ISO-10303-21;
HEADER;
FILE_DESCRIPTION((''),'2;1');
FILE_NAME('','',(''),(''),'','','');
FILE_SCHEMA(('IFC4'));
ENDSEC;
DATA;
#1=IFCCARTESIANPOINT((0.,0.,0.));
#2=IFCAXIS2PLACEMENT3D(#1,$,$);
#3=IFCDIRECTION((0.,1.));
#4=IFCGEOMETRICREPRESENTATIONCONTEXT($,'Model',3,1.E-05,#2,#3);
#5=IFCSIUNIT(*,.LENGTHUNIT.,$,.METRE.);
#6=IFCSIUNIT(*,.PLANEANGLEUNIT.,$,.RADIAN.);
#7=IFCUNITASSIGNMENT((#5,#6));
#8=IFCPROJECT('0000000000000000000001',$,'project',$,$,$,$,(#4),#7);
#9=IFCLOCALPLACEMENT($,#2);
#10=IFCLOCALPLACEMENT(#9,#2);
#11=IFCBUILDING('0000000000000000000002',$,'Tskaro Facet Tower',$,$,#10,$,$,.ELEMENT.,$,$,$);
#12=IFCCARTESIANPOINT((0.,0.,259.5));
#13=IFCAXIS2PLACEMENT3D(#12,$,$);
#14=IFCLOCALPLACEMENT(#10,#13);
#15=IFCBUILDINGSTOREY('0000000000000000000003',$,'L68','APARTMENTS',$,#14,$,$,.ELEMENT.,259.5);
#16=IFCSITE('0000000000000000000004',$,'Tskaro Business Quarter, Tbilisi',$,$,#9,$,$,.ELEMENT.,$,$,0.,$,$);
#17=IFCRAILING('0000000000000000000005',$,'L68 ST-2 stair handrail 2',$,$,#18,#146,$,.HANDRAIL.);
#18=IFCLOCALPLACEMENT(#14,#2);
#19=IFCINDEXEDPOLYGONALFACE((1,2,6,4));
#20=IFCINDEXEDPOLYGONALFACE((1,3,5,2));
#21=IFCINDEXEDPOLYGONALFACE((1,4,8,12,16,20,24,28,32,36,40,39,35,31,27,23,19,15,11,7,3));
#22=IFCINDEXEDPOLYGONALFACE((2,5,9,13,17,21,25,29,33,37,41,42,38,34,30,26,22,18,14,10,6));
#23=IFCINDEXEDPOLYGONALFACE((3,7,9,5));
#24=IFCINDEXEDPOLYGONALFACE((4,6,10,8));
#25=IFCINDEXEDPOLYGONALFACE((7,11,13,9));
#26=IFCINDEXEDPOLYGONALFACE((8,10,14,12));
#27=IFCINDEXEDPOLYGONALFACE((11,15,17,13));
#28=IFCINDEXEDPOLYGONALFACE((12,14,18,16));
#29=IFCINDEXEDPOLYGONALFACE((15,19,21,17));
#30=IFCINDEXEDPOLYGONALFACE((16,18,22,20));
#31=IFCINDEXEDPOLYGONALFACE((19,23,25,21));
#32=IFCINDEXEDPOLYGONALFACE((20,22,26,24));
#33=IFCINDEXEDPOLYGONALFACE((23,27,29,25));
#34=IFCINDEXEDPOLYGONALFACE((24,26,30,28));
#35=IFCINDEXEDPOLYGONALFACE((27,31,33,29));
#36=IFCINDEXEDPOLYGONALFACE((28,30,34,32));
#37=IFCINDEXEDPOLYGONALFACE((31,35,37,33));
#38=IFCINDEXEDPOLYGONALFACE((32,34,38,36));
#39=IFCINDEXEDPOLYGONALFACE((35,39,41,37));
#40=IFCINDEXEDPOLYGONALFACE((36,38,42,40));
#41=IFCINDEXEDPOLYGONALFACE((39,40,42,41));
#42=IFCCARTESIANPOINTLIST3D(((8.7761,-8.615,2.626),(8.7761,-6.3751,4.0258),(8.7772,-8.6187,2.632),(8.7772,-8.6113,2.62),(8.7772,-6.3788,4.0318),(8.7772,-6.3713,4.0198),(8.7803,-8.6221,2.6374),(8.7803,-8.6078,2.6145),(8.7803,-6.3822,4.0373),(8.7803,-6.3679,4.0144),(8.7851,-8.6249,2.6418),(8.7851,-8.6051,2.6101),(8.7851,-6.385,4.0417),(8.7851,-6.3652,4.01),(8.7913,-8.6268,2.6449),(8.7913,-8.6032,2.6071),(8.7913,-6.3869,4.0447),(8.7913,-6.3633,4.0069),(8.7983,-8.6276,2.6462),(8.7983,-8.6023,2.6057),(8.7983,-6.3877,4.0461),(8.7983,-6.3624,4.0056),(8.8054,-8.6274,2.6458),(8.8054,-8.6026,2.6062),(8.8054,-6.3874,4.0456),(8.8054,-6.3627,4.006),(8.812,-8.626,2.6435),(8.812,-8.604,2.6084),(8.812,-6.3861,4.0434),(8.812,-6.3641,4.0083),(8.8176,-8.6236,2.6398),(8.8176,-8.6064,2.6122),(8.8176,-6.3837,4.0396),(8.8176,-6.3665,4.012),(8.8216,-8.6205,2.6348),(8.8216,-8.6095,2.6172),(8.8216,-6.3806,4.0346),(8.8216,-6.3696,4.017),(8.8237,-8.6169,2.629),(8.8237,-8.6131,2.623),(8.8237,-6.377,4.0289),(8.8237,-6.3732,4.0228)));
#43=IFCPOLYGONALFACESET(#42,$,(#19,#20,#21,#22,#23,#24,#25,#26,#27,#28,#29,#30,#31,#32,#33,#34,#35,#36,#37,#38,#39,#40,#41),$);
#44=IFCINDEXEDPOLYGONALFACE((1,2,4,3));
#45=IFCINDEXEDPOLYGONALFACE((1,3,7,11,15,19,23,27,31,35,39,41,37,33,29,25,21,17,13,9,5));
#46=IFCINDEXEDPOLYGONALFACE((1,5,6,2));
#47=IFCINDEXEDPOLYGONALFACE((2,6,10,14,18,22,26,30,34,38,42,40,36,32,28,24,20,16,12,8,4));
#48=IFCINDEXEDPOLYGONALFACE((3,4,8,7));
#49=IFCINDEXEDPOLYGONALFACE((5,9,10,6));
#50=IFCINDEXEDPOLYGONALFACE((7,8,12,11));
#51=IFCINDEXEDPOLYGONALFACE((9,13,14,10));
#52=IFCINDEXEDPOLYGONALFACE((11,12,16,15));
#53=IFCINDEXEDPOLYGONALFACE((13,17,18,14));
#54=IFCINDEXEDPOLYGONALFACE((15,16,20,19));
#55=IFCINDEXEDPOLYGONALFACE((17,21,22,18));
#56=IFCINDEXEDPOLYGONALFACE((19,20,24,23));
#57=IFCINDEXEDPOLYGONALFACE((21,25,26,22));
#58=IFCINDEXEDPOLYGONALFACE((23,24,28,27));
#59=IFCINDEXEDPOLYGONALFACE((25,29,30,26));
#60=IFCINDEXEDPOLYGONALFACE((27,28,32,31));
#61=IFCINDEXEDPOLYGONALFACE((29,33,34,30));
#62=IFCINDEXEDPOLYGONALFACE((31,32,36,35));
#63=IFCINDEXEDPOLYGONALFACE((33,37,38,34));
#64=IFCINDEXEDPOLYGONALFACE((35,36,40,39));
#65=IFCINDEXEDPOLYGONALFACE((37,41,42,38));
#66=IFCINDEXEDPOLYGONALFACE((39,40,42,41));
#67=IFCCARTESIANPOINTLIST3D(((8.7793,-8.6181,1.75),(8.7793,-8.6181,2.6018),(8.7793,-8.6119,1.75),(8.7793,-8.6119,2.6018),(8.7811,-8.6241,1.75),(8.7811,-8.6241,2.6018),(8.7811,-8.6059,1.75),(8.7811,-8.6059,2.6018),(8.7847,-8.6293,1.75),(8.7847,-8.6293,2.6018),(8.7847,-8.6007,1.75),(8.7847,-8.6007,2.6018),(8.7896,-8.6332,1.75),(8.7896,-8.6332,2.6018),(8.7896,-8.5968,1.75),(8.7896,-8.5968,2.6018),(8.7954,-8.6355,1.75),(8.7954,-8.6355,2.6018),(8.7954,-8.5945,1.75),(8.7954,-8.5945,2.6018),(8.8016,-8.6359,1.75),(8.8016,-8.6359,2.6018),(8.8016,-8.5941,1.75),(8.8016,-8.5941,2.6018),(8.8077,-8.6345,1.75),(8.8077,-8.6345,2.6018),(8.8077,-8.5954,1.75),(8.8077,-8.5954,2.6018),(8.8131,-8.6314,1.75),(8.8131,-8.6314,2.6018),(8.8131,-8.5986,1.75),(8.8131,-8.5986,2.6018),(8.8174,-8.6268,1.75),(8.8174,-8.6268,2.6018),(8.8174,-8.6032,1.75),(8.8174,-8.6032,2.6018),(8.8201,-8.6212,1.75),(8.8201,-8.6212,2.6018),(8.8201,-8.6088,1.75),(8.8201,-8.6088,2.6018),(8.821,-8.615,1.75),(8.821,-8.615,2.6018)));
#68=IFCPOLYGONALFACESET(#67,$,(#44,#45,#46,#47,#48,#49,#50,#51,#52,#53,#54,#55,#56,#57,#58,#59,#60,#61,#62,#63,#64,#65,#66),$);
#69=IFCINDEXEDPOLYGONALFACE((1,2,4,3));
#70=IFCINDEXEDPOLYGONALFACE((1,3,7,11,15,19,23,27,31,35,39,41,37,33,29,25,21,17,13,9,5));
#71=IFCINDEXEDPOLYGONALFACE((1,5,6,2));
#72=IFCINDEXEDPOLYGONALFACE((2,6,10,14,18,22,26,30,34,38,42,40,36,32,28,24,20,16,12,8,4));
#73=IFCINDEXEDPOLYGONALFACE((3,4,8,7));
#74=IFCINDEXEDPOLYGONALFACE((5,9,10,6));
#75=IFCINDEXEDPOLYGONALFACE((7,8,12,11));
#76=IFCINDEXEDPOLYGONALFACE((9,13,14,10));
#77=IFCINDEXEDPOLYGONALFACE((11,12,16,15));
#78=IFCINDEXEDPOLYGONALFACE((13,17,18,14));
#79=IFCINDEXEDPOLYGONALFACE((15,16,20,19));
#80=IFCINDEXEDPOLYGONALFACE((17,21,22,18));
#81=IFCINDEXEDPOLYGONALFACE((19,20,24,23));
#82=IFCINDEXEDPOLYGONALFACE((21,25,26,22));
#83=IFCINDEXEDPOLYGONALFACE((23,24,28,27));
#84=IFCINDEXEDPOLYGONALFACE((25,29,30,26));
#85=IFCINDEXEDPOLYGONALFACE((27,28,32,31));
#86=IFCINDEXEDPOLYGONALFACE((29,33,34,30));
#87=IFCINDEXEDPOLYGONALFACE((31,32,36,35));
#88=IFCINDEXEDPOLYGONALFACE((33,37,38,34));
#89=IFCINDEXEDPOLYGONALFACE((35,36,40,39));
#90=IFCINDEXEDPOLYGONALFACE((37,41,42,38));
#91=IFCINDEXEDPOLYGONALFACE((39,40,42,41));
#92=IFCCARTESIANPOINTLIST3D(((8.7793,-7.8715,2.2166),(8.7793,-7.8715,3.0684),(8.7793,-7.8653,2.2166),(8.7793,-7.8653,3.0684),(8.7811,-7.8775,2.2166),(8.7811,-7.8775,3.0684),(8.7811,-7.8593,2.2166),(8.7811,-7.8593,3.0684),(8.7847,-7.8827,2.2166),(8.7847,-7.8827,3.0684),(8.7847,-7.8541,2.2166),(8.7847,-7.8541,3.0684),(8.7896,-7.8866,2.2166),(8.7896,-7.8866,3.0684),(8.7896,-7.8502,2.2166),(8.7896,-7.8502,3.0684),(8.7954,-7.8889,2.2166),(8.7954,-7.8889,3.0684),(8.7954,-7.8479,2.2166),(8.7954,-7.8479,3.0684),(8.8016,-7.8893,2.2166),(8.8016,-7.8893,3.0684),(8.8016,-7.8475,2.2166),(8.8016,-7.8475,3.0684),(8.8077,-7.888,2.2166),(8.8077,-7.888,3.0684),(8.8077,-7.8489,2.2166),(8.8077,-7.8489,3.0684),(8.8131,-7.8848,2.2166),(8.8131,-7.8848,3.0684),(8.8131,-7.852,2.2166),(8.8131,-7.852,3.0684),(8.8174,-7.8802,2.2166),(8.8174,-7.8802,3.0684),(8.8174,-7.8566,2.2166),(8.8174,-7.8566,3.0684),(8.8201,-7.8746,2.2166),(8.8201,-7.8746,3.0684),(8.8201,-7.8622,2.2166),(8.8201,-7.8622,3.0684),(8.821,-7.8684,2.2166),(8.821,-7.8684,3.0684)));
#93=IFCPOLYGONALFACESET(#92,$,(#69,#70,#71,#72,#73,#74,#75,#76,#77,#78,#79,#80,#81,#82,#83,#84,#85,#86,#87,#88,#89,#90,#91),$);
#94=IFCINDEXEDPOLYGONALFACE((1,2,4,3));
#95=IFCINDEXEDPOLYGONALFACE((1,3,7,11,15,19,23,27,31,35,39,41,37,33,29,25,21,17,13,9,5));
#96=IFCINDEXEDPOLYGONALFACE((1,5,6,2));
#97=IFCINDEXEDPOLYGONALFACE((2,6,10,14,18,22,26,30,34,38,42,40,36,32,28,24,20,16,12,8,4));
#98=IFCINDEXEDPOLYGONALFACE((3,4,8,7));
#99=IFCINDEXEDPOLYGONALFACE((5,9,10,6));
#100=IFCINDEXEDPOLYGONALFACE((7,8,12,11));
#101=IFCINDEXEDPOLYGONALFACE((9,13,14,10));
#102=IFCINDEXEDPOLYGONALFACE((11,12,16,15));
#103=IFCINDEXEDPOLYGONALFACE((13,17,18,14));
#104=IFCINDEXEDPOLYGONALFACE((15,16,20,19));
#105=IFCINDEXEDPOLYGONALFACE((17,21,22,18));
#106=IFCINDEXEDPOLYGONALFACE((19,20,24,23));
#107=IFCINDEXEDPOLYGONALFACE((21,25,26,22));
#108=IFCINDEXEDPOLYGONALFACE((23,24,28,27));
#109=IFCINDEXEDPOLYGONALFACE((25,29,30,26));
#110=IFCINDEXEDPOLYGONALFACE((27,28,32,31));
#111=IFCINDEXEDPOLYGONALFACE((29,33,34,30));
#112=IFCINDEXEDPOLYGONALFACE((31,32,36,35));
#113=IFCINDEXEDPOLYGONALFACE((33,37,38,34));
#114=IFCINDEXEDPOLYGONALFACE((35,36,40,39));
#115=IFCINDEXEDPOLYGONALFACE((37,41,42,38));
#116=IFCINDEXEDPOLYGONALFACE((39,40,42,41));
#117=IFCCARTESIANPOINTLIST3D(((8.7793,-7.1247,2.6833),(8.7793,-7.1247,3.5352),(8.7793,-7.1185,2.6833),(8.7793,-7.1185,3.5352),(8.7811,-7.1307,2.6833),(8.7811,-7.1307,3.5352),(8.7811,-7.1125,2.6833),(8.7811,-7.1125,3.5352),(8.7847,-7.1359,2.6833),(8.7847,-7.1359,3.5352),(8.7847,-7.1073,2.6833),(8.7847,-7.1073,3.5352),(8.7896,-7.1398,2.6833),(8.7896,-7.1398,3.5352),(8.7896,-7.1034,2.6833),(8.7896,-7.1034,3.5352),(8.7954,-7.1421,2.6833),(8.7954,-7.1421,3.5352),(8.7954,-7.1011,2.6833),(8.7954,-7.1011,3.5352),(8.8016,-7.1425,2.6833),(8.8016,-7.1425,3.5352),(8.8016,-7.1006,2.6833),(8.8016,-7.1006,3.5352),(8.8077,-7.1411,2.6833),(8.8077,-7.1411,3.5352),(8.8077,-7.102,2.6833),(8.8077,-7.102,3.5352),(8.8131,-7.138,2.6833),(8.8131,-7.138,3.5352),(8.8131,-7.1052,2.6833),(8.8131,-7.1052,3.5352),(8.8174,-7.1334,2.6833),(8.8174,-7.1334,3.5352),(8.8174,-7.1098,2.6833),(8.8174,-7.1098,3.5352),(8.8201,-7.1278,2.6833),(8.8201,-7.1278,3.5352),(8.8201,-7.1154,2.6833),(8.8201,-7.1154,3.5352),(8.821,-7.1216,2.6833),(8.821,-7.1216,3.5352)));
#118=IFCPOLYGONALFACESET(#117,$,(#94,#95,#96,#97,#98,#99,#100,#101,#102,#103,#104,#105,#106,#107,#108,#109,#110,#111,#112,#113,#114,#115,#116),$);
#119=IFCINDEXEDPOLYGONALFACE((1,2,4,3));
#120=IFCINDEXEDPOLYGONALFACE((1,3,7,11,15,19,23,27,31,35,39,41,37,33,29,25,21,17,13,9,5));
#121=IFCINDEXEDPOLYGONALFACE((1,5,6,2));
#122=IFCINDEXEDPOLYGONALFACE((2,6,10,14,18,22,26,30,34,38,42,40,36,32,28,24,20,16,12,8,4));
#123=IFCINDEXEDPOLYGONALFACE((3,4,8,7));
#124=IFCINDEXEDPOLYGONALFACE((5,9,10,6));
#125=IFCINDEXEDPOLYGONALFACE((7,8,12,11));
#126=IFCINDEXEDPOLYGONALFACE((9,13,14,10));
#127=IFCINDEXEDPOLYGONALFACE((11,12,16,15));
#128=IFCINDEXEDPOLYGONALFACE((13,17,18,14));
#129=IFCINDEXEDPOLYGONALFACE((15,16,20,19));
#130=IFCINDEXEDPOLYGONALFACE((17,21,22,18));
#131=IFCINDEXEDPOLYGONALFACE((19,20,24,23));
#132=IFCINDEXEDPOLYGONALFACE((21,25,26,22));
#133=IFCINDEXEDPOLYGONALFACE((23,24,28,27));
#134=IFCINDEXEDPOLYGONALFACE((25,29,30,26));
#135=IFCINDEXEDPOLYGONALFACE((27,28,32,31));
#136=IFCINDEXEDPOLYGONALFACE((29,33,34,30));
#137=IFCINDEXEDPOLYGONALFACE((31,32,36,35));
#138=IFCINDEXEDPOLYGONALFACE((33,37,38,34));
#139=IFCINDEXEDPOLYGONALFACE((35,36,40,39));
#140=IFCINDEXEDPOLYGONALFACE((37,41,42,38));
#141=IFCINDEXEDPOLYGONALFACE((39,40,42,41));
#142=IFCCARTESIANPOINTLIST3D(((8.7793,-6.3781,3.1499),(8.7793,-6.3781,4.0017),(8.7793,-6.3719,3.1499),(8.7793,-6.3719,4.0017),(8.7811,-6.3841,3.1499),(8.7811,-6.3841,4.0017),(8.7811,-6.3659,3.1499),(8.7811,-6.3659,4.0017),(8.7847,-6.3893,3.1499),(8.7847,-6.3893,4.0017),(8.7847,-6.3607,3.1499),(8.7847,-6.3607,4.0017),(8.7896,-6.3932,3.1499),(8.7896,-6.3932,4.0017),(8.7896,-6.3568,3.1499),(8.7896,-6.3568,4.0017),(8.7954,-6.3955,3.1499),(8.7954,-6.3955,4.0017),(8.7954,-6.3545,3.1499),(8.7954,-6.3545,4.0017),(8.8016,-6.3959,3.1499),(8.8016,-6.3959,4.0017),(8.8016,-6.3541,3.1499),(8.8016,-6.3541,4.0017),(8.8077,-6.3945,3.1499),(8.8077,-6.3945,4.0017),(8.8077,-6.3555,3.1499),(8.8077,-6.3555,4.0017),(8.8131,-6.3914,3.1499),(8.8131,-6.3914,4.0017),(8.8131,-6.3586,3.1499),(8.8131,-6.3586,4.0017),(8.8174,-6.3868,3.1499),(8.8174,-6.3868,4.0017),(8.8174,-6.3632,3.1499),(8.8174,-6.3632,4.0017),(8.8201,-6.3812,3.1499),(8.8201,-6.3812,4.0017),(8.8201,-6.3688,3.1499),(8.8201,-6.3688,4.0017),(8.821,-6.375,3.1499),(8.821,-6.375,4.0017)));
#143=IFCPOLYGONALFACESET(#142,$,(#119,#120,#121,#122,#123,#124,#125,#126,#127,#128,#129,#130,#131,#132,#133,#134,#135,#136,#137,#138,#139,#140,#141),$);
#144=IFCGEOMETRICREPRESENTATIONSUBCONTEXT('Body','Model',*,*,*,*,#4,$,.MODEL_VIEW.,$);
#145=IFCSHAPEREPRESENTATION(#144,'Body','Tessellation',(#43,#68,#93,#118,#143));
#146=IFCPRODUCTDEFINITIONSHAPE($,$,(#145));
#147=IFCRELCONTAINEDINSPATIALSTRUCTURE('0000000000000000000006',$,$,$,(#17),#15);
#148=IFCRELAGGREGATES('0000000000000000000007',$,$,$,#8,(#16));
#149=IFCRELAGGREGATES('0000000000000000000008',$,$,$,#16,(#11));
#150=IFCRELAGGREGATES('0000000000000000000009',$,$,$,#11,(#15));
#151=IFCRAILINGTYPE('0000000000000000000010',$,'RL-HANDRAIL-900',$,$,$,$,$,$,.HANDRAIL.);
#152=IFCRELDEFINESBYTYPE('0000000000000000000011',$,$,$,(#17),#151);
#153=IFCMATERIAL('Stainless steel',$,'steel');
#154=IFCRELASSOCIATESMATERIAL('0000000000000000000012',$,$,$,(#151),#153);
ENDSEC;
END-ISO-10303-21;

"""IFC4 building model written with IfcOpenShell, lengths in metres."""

from ifc_helpers import new_model, si_unit, direction, frame, origin, origin_2d, place, context, subcontext, project, spatial, circle, extrude, material, type_object, element, save


model = new_model("IFC4")

# Units and contexts
model_context = context("Model", 3, precision=1e-05, world=origin(), true_north=direction((0.0, 1.0)))
body_context = subcontext(model_context, "Body", "Model", "MODEL_VIEW")
ifc_project = project(units=[si_unit("LENGTHUNIT", "METRE"), si_unit("PLANEANGLEUNIT", "RADIAN")], contexts=[model_context])

# Site, building, storey
site_placement = place(None, origin())
site = spatial("IfcSite", under=ifc_project, at=site_placement, Name="Tskaro Business Quarter, Tbilisi", CompositionType="ELEMENT", RefElevation=0.0)
building_placement = place(site_placement, origin())
building = spatial("IfcBuilding", under=site, at=building_placement, Name="Tskaro Facet Tower", CompositionType="ELEMENT")
storey_placement = place(building_placement, frame((0.0, 0.0, 259.5)))
storey = spatial("IfcBuildingStorey", under=building, at=storey_placement, Name="L68", Description="APARTMENTS", CompositionType="ELEMENT", Elevation=259.5)

# Railing
ifc_material_1 = material(Name="Stainless steel", Category="steel")
railing_type_1 = type_object("IfcRailingType", Name="RL-HANDRAIL-900", PredefinedType="HANDRAIL", material=ifc_material_1)
railing_1_placement = place(storey_placement, frame((8.8, -8.615, 1.75)))
element("IfcRailing", 1, at=railing_1_placement, inside=storey, type_object=railing_type_1, Name="L68 ST-2 stair handrail 2", PredefinedType="HANDRAIL", context=body_context, shape_type="SweptSolid", body=[
    extrude(circle(Radius=0.0239, at=origin_2d()), frame((0.0, 0.0, 0.876), z_axis=(0.0, 0.848014, 0.529974), x_axis=(-1.0, 0.0, 0.0)), (0.0, 0.0, 1.0), 2.6414),
    extrude(circle(Radius=0.021, at=origin_2d()), origin(), (0.0, 0.0, 1.0), 0.8518),
    extrude(circle(Radius=0.021, at=origin_2d()), frame((0.0, 0.7466, 0.4666)), (0.0, 0.0, 1.0), 0.8518),
    extrude(circle(Radius=0.021, at=origin_2d()), frame((0.0, 1.4934, 0.9333)), (0.0, 0.0, 1.0), 0.8518),
    extrude(circle(Radius=0.021, at=origin_2d()), frame((0.0, 2.24, 1.3999)), (0.0, 0.0, 1.0), 0.8518),
])

save(model, "model.ifc")
